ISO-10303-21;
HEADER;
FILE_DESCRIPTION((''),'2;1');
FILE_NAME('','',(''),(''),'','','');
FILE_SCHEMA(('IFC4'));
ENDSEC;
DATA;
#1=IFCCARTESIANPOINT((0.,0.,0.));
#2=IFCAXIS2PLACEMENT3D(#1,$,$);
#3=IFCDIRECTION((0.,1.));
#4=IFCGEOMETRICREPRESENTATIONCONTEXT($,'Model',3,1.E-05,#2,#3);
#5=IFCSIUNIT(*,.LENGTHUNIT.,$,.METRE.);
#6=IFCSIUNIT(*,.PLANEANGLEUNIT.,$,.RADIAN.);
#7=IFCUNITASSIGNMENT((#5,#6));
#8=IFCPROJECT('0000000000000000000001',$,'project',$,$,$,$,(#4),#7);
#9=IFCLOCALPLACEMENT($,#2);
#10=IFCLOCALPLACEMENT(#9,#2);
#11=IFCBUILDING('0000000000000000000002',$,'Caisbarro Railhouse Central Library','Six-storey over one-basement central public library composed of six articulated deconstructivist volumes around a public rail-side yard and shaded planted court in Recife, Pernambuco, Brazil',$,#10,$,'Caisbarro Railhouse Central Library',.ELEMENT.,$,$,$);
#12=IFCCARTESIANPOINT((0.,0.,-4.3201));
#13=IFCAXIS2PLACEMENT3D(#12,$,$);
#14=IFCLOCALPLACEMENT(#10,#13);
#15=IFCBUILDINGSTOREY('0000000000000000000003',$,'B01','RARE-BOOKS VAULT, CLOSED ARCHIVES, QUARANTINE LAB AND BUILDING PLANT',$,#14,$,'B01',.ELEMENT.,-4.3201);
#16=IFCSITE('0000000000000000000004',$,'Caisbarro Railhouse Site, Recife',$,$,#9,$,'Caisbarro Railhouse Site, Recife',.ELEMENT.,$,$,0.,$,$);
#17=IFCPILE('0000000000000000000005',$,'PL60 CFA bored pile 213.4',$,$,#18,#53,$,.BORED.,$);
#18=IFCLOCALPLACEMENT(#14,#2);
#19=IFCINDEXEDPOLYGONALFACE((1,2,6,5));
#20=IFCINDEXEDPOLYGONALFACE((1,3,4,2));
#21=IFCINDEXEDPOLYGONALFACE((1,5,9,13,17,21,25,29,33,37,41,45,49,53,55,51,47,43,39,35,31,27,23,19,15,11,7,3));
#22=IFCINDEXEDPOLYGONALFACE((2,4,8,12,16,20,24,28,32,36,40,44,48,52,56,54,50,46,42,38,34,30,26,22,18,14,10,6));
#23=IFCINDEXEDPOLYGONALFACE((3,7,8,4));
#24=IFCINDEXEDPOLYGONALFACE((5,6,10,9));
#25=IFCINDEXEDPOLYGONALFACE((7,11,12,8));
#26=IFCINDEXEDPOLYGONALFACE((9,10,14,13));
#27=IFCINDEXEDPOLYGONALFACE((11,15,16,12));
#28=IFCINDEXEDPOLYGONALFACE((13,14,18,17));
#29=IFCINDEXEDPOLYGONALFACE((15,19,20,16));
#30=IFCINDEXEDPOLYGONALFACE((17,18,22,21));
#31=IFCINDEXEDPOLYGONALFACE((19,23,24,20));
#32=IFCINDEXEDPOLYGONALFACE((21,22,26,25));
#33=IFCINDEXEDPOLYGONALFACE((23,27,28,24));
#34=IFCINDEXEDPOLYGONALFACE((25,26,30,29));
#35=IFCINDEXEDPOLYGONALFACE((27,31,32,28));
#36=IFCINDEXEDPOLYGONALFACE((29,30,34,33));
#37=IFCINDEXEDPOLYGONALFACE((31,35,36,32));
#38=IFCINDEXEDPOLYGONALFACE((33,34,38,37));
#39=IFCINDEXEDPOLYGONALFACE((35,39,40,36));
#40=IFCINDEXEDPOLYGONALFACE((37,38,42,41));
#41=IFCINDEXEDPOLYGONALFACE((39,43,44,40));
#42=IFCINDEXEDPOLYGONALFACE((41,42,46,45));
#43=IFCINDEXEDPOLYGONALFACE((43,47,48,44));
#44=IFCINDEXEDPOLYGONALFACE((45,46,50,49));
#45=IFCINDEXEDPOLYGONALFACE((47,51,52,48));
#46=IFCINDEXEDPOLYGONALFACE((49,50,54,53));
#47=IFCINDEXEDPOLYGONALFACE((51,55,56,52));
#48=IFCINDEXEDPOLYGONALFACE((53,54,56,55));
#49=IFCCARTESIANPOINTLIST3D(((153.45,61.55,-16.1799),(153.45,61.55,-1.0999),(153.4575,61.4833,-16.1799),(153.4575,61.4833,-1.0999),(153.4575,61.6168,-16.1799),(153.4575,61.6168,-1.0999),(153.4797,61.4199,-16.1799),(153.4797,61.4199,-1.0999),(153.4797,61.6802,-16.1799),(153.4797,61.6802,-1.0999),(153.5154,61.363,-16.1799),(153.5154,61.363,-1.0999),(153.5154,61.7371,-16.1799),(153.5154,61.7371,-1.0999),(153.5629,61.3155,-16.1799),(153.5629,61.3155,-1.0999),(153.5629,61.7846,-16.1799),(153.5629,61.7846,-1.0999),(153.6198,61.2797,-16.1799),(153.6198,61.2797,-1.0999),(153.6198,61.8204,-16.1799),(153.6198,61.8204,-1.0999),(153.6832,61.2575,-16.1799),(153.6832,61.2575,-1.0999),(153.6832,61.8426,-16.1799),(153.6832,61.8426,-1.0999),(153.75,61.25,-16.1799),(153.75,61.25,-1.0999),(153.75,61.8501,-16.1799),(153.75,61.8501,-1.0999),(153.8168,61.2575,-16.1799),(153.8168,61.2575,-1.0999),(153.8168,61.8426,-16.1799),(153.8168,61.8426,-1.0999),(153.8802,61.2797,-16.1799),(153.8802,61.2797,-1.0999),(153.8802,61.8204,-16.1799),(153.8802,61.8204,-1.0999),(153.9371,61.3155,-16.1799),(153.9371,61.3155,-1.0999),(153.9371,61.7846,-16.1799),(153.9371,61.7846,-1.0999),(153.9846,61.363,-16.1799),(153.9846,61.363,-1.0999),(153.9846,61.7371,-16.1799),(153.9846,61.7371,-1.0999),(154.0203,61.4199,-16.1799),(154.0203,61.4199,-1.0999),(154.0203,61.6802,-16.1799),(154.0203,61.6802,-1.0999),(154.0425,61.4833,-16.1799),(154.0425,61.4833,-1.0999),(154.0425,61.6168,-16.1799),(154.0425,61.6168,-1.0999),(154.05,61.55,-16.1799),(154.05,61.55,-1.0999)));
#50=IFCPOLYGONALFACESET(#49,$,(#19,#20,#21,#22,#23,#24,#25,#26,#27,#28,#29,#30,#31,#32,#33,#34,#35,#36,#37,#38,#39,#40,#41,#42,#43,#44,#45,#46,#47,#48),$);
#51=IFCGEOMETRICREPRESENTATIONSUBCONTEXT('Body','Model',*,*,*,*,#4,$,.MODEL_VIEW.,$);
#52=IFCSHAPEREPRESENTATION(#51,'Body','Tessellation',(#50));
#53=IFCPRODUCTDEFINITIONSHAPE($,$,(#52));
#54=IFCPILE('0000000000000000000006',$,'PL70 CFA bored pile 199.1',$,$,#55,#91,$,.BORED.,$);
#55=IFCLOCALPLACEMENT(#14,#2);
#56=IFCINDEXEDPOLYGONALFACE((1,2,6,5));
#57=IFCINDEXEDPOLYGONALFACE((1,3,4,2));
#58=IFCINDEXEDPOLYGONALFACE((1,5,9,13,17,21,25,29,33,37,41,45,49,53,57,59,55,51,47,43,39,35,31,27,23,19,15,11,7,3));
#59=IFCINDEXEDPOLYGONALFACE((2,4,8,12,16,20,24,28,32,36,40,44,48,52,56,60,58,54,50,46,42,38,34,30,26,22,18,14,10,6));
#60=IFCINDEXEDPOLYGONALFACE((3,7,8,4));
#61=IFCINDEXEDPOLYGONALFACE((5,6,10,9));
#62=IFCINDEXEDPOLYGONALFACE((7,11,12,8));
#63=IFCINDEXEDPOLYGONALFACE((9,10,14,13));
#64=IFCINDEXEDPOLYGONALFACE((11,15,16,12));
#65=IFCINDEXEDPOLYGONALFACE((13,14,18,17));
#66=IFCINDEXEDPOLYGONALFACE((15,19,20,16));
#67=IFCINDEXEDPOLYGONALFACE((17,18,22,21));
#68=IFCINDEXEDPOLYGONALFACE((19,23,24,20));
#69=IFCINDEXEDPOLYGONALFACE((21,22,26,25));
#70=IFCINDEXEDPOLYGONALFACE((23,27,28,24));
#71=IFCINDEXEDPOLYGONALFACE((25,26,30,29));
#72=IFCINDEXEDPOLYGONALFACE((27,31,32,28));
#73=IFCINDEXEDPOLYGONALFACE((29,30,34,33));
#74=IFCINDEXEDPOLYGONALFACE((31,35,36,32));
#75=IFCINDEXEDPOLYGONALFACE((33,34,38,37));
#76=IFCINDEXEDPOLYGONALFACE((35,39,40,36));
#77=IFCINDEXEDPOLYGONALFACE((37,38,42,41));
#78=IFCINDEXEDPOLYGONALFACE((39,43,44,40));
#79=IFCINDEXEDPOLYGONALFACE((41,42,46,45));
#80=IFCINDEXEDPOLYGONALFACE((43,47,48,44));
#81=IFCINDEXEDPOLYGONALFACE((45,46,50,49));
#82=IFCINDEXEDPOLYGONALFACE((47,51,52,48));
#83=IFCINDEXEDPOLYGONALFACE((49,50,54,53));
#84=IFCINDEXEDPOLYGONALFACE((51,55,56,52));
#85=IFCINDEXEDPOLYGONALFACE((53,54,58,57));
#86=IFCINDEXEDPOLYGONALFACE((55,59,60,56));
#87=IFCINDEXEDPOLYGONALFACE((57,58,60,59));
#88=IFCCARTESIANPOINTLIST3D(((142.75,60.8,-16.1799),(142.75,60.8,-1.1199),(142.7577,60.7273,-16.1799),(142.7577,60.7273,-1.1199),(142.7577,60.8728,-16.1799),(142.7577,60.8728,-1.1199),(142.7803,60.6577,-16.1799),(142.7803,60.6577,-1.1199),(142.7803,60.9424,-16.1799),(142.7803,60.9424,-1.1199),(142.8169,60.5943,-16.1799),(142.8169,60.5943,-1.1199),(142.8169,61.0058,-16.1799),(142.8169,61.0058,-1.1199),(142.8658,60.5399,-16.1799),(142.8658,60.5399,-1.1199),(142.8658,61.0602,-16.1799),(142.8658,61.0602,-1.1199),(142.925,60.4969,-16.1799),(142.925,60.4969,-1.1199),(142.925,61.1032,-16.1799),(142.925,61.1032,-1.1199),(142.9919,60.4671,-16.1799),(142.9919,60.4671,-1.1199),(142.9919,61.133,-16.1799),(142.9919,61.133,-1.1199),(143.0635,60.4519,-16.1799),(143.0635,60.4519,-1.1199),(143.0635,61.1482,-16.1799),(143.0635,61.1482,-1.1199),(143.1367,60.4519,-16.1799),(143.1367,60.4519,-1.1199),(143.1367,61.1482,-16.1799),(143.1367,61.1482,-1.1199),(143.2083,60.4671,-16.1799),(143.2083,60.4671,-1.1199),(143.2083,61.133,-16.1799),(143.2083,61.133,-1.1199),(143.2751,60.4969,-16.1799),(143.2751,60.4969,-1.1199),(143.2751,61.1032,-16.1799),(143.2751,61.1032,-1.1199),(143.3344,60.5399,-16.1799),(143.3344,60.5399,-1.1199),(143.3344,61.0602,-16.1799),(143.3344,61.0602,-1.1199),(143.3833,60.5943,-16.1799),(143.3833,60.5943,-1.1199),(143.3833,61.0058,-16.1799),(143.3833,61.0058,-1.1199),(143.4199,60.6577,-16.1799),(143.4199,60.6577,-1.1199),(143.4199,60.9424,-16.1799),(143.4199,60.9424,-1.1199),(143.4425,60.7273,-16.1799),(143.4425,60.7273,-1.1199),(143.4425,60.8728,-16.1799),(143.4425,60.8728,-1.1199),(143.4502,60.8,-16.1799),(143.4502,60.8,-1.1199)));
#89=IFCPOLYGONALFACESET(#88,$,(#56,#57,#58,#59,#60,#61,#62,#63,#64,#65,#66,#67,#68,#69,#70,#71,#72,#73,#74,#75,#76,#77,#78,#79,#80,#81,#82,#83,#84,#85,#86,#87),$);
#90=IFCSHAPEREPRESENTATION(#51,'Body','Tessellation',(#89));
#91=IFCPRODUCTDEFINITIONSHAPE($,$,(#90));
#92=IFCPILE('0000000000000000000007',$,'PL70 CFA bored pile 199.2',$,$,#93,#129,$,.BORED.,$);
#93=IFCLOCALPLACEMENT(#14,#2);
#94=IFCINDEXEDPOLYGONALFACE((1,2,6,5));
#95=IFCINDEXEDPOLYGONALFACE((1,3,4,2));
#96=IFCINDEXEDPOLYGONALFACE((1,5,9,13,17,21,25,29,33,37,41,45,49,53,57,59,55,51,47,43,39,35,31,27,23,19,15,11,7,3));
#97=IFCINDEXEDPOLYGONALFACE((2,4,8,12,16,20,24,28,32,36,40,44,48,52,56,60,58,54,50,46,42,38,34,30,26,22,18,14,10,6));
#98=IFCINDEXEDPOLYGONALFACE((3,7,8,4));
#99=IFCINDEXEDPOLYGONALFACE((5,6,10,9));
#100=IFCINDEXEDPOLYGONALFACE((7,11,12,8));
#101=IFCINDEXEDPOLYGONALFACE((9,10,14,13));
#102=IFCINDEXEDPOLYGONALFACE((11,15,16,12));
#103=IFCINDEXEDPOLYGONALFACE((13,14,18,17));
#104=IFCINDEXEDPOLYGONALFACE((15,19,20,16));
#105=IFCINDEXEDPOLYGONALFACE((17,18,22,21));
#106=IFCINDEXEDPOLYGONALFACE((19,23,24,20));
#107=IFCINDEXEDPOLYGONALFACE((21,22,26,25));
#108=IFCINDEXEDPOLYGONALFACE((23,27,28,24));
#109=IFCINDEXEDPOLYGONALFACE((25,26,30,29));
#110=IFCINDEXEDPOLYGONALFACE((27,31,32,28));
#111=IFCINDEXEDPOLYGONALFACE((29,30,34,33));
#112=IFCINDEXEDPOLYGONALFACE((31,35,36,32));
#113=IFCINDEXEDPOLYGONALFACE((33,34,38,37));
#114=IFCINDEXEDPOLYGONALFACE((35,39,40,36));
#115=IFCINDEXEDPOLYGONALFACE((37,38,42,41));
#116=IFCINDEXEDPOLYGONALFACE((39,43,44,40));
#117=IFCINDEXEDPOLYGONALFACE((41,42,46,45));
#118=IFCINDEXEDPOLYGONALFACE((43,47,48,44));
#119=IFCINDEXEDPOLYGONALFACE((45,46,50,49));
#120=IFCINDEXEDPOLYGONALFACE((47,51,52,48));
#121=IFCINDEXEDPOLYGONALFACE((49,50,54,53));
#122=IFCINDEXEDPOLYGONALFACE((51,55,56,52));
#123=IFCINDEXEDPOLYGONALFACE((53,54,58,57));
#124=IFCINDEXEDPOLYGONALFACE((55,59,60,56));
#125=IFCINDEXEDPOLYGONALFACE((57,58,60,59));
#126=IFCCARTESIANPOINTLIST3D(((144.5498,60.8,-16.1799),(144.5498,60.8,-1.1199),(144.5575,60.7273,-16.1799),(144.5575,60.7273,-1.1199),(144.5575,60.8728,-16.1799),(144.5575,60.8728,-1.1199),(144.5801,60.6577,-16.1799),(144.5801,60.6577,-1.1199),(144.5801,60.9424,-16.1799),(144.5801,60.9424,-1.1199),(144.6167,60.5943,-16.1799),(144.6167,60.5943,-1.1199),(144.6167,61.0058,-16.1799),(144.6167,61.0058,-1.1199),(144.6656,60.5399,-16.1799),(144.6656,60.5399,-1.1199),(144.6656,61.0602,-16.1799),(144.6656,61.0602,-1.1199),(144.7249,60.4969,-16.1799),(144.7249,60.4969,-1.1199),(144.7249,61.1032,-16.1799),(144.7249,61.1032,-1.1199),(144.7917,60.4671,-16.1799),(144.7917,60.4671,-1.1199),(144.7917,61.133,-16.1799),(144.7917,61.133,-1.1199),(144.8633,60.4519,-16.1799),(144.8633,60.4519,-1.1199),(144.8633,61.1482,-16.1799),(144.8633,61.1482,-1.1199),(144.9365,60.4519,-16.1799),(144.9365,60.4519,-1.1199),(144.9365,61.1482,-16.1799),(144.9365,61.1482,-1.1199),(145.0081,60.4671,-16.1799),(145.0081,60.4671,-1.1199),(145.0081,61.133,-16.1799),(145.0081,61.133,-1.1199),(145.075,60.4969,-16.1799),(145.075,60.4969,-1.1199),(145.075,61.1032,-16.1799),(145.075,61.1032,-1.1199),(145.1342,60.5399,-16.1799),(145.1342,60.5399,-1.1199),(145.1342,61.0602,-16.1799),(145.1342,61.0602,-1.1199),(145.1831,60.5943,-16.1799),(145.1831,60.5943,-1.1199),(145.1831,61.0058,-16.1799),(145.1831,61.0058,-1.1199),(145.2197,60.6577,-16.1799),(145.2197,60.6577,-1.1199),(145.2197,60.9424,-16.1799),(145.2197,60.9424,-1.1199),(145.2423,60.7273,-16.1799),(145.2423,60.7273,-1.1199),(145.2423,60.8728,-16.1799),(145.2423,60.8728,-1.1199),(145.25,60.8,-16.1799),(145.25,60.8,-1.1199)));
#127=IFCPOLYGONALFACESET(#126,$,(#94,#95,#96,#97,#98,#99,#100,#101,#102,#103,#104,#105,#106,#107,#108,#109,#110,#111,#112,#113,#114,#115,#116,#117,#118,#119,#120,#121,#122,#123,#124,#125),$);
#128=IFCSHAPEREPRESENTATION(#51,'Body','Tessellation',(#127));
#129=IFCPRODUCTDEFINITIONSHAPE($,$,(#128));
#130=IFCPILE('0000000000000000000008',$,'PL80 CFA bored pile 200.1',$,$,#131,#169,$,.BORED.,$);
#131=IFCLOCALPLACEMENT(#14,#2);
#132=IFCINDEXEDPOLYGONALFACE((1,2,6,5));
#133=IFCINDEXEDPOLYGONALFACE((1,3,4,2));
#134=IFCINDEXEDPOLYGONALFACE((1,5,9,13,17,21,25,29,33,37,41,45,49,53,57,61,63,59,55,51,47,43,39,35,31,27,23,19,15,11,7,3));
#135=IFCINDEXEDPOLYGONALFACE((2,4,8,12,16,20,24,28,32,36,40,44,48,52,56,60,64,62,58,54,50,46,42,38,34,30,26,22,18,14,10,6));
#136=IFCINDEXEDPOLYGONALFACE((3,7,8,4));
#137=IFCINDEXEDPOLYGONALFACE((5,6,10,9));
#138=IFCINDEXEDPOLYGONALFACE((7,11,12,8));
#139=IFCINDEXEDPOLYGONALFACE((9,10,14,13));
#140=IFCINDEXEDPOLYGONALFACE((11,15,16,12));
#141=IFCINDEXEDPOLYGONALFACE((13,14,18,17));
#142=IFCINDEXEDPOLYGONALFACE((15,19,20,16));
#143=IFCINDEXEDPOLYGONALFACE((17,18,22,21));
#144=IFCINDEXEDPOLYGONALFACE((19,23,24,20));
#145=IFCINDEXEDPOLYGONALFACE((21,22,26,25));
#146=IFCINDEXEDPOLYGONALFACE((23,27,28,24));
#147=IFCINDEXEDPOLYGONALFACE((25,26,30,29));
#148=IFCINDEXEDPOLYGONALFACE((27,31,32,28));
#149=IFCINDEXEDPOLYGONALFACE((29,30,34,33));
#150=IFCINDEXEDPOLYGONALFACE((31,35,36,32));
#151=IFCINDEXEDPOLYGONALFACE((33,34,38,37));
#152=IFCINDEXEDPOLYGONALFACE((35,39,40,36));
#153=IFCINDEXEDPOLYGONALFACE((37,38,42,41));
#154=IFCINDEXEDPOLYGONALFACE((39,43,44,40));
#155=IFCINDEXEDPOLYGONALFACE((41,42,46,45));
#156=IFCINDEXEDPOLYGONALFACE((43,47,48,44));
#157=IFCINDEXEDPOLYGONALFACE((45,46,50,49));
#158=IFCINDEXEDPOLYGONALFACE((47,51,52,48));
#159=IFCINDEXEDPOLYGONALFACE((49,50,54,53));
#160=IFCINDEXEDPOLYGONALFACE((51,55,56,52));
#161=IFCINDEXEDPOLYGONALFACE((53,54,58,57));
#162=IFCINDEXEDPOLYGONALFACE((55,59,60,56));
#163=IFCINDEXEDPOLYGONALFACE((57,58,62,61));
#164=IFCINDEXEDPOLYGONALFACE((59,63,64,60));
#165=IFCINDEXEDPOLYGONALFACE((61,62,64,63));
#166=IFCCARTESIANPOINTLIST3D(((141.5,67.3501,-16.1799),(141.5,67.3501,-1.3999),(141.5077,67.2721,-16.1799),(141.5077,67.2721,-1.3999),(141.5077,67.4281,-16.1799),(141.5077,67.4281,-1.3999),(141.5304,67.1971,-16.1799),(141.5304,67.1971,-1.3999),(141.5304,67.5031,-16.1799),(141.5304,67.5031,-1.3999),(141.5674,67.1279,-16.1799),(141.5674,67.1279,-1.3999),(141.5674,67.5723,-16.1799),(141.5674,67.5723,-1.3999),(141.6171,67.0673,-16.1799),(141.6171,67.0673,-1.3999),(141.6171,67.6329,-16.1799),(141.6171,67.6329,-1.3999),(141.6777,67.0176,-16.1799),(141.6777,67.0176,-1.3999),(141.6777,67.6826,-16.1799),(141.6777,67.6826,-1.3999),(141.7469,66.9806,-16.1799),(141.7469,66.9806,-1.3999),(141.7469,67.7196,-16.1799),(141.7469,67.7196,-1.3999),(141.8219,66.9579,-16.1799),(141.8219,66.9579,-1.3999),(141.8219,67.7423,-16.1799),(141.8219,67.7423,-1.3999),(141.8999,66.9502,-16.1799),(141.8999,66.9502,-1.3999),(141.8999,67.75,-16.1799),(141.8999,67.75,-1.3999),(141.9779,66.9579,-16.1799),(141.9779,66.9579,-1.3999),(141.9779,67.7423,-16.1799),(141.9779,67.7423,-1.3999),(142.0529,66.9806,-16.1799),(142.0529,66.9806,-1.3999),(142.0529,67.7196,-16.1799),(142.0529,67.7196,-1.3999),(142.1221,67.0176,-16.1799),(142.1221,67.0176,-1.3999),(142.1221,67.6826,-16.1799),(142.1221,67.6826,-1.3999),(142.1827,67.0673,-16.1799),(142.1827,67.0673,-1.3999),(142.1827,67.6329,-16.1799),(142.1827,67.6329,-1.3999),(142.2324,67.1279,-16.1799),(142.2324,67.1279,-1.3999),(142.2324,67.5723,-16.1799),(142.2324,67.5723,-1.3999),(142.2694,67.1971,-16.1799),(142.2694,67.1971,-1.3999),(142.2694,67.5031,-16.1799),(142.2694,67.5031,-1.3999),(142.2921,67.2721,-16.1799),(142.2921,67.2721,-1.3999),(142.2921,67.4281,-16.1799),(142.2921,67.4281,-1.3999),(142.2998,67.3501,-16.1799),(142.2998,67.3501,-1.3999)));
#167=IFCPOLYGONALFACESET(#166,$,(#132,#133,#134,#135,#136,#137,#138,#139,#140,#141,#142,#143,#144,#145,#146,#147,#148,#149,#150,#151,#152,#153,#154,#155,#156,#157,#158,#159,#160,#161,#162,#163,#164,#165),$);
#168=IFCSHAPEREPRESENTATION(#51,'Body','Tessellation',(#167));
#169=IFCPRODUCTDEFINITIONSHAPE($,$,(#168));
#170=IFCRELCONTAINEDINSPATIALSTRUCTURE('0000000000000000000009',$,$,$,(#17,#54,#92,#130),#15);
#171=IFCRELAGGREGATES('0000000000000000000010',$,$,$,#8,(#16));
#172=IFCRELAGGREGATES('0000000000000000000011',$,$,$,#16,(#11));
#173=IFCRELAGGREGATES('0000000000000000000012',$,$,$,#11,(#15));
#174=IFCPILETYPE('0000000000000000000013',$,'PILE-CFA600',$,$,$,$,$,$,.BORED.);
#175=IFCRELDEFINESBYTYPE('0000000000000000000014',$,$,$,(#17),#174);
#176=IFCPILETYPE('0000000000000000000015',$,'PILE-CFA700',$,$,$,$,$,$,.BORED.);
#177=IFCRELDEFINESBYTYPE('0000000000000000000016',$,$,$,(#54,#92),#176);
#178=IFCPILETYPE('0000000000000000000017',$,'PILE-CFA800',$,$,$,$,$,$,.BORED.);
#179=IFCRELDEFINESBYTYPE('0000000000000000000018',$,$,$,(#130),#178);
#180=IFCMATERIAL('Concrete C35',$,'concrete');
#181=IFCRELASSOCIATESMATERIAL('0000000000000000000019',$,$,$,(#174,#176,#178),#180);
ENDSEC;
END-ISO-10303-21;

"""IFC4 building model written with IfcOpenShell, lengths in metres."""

from ifc_helpers import new_model, si_unit, direction, frame, origin, origin_2d, place, context, subcontext, project, spatial, circle, extrude, material, material_profile, profile_set, type_object, element, save


model = new_model("IFC4")

# Units and contexts
model_context = context("Model", 3, precision=1e-05, world=origin(), true_north=direction((0.0, 1.0)))
body_context = subcontext(model_context, "Body", "Model", "MODEL_VIEW")
ifc_project = project(units=[si_unit("LENGTHUNIT", "METRE"), si_unit("PLANEANGLEUNIT", "RADIAN")], contexts=[model_context])

# Site, building, storey
site_placement = place(None, origin())
site = spatial("IfcSite", under=ifc_project, at=site_placement, Name="Caisbarro Railhouse Site, Recife", LongName="Caisbarro Railhouse Site, Recife", CompositionType="ELEMENT", RefElevation=0.0)
building_placement = place(site_placement, origin())
building = spatial("IfcBuilding", under=site, at=building_placement, Name="Caisbarro Railhouse Central Library", Description="Six-storey over one-basement central public library composed of six articulated deconstructivist volumes around a public rail-side yard and shaded planted court in Recife, Pernambuco, Brazil", LongName="Caisbarro Railhouse Central Library", CompositionType="ELEMENT")
storey_placement = place(building_placement, frame((0.0, 0.0, -4.3201)))
storey = spatial("IfcBuildingStorey", under=building, at=storey_placement, Name="B01", Description="RARE-BOOKS VAULT, CLOSED ARCHIVES, QUARANTINE LAB AND BUILDING PLANT", LongName="B01", CompositionType="ELEMENT", Elevation=-4.3201)

# Shared definitions
ifc_material_1 = material(Name="Concrete C35", Category="concrete")

# Piles
ifc_material_profile_1 = material_profile(ifc_material_1, circle(Radius=0.3, at=origin_2d()), Name="PILE-CFA-600")
ifc_profile_set_1 = profile_set([ifc_material_profile_1], Name="Concrete C35")
pile_type_1 = type_object("IfcPileType", Name="PILE-CFA600", PredefinedType="BORED", material=ifc_profile_set_1)
for number, where, z_axis, x_axis, name in (
    (1, (153.75, 61.55, -1.0999), (0.0, 0.0, -1.0), (1.0, 0.0, 0.0), "PL60 CFA bored pile 213.4"),
):
    element("IfcPile", number, at=place(storey_placement, frame(where, z_axis=z_axis, x_axis=x_axis)), inside=storey, type_object=pile_type_1, Name=name, PredefinedType="BORED", context=body_context, shape_type="SweptSolid", body=[
        extrude(circle(Radius=0.3, at=origin_2d()), origin(), (0.0, 0.0, 1.0), 15.0801),
    ])
ifc_material_profile_2 = material_profile(ifc_material_1, circle(Radius=0.3501, at=origin_2d()), Name="PILE-CFA-700")
ifc_profile_set_2 = profile_set([ifc_material_profile_2], Name="Concrete C35")
pile_type_2 = type_object("IfcPileType", Name="PILE-CFA700", PredefinedType="BORED", material=ifc_profile_set_2)
for number, where, z_axis, x_axis, name in (
    (2, (143.1001, 60.8, -1.1199), (0.0, 0.0, -1.0), (1.0, 0.0, 0.0), "PL70 CFA bored pile 199.1"),
    (3, (144.8999, 60.8, -1.1199), (0.0, 0.0, -1.0), (1.0, 0.0, 0.0), "PL70 CFA bored pile 199.2"),
):
    element("IfcPile", number, at=place(storey_placement, frame(where, z_axis=z_axis, x_axis=x_axis)), inside=storey, type_object=pile_type_2, Name=name, PredefinedType="BORED", context=body_context, shape_type="SweptSolid", body=[
        extrude(circle(Radius=0.3501, at=origin_2d()), origin(), (0.0, 0.0, 1.0), 15.0601),
    ])
ifc_material_profile_3 = material_profile(ifc_material_1, circle(Radius=0.3999, at=origin_2d()), Name="PILE-CFA-800")
ifc_profile_set_3 = profile_set([ifc_material_profile_3], Name="Concrete C35")
pile_type_3 = type_object("IfcPileType", Name="PILE-CFA800", PredefinedType="BORED", material=ifc_profile_set_3)
for number, where, z_axis, x_axis, name in (
    (4, (141.8999, 67.3501, -1.3999), (0.0, 0.0, -1.0), (1.0, 0.0, 0.0), "PL80 CFA bored pile 200.1"),
):
    element("IfcPile", number, at=place(storey_placement, frame(where, z_axis=z_axis, x_axis=x_axis)), inside=storey, type_object=pile_type_3, Name=name, PredefinedType="BORED", context=body_context, shape_type="SweptSolid", body=[
        extrude(circle(Radius=0.3999, at=origin_2d()), origin(), (0.0, 0.0, 1.0), 14.78),
    ])

save(model, "model.ifc")
